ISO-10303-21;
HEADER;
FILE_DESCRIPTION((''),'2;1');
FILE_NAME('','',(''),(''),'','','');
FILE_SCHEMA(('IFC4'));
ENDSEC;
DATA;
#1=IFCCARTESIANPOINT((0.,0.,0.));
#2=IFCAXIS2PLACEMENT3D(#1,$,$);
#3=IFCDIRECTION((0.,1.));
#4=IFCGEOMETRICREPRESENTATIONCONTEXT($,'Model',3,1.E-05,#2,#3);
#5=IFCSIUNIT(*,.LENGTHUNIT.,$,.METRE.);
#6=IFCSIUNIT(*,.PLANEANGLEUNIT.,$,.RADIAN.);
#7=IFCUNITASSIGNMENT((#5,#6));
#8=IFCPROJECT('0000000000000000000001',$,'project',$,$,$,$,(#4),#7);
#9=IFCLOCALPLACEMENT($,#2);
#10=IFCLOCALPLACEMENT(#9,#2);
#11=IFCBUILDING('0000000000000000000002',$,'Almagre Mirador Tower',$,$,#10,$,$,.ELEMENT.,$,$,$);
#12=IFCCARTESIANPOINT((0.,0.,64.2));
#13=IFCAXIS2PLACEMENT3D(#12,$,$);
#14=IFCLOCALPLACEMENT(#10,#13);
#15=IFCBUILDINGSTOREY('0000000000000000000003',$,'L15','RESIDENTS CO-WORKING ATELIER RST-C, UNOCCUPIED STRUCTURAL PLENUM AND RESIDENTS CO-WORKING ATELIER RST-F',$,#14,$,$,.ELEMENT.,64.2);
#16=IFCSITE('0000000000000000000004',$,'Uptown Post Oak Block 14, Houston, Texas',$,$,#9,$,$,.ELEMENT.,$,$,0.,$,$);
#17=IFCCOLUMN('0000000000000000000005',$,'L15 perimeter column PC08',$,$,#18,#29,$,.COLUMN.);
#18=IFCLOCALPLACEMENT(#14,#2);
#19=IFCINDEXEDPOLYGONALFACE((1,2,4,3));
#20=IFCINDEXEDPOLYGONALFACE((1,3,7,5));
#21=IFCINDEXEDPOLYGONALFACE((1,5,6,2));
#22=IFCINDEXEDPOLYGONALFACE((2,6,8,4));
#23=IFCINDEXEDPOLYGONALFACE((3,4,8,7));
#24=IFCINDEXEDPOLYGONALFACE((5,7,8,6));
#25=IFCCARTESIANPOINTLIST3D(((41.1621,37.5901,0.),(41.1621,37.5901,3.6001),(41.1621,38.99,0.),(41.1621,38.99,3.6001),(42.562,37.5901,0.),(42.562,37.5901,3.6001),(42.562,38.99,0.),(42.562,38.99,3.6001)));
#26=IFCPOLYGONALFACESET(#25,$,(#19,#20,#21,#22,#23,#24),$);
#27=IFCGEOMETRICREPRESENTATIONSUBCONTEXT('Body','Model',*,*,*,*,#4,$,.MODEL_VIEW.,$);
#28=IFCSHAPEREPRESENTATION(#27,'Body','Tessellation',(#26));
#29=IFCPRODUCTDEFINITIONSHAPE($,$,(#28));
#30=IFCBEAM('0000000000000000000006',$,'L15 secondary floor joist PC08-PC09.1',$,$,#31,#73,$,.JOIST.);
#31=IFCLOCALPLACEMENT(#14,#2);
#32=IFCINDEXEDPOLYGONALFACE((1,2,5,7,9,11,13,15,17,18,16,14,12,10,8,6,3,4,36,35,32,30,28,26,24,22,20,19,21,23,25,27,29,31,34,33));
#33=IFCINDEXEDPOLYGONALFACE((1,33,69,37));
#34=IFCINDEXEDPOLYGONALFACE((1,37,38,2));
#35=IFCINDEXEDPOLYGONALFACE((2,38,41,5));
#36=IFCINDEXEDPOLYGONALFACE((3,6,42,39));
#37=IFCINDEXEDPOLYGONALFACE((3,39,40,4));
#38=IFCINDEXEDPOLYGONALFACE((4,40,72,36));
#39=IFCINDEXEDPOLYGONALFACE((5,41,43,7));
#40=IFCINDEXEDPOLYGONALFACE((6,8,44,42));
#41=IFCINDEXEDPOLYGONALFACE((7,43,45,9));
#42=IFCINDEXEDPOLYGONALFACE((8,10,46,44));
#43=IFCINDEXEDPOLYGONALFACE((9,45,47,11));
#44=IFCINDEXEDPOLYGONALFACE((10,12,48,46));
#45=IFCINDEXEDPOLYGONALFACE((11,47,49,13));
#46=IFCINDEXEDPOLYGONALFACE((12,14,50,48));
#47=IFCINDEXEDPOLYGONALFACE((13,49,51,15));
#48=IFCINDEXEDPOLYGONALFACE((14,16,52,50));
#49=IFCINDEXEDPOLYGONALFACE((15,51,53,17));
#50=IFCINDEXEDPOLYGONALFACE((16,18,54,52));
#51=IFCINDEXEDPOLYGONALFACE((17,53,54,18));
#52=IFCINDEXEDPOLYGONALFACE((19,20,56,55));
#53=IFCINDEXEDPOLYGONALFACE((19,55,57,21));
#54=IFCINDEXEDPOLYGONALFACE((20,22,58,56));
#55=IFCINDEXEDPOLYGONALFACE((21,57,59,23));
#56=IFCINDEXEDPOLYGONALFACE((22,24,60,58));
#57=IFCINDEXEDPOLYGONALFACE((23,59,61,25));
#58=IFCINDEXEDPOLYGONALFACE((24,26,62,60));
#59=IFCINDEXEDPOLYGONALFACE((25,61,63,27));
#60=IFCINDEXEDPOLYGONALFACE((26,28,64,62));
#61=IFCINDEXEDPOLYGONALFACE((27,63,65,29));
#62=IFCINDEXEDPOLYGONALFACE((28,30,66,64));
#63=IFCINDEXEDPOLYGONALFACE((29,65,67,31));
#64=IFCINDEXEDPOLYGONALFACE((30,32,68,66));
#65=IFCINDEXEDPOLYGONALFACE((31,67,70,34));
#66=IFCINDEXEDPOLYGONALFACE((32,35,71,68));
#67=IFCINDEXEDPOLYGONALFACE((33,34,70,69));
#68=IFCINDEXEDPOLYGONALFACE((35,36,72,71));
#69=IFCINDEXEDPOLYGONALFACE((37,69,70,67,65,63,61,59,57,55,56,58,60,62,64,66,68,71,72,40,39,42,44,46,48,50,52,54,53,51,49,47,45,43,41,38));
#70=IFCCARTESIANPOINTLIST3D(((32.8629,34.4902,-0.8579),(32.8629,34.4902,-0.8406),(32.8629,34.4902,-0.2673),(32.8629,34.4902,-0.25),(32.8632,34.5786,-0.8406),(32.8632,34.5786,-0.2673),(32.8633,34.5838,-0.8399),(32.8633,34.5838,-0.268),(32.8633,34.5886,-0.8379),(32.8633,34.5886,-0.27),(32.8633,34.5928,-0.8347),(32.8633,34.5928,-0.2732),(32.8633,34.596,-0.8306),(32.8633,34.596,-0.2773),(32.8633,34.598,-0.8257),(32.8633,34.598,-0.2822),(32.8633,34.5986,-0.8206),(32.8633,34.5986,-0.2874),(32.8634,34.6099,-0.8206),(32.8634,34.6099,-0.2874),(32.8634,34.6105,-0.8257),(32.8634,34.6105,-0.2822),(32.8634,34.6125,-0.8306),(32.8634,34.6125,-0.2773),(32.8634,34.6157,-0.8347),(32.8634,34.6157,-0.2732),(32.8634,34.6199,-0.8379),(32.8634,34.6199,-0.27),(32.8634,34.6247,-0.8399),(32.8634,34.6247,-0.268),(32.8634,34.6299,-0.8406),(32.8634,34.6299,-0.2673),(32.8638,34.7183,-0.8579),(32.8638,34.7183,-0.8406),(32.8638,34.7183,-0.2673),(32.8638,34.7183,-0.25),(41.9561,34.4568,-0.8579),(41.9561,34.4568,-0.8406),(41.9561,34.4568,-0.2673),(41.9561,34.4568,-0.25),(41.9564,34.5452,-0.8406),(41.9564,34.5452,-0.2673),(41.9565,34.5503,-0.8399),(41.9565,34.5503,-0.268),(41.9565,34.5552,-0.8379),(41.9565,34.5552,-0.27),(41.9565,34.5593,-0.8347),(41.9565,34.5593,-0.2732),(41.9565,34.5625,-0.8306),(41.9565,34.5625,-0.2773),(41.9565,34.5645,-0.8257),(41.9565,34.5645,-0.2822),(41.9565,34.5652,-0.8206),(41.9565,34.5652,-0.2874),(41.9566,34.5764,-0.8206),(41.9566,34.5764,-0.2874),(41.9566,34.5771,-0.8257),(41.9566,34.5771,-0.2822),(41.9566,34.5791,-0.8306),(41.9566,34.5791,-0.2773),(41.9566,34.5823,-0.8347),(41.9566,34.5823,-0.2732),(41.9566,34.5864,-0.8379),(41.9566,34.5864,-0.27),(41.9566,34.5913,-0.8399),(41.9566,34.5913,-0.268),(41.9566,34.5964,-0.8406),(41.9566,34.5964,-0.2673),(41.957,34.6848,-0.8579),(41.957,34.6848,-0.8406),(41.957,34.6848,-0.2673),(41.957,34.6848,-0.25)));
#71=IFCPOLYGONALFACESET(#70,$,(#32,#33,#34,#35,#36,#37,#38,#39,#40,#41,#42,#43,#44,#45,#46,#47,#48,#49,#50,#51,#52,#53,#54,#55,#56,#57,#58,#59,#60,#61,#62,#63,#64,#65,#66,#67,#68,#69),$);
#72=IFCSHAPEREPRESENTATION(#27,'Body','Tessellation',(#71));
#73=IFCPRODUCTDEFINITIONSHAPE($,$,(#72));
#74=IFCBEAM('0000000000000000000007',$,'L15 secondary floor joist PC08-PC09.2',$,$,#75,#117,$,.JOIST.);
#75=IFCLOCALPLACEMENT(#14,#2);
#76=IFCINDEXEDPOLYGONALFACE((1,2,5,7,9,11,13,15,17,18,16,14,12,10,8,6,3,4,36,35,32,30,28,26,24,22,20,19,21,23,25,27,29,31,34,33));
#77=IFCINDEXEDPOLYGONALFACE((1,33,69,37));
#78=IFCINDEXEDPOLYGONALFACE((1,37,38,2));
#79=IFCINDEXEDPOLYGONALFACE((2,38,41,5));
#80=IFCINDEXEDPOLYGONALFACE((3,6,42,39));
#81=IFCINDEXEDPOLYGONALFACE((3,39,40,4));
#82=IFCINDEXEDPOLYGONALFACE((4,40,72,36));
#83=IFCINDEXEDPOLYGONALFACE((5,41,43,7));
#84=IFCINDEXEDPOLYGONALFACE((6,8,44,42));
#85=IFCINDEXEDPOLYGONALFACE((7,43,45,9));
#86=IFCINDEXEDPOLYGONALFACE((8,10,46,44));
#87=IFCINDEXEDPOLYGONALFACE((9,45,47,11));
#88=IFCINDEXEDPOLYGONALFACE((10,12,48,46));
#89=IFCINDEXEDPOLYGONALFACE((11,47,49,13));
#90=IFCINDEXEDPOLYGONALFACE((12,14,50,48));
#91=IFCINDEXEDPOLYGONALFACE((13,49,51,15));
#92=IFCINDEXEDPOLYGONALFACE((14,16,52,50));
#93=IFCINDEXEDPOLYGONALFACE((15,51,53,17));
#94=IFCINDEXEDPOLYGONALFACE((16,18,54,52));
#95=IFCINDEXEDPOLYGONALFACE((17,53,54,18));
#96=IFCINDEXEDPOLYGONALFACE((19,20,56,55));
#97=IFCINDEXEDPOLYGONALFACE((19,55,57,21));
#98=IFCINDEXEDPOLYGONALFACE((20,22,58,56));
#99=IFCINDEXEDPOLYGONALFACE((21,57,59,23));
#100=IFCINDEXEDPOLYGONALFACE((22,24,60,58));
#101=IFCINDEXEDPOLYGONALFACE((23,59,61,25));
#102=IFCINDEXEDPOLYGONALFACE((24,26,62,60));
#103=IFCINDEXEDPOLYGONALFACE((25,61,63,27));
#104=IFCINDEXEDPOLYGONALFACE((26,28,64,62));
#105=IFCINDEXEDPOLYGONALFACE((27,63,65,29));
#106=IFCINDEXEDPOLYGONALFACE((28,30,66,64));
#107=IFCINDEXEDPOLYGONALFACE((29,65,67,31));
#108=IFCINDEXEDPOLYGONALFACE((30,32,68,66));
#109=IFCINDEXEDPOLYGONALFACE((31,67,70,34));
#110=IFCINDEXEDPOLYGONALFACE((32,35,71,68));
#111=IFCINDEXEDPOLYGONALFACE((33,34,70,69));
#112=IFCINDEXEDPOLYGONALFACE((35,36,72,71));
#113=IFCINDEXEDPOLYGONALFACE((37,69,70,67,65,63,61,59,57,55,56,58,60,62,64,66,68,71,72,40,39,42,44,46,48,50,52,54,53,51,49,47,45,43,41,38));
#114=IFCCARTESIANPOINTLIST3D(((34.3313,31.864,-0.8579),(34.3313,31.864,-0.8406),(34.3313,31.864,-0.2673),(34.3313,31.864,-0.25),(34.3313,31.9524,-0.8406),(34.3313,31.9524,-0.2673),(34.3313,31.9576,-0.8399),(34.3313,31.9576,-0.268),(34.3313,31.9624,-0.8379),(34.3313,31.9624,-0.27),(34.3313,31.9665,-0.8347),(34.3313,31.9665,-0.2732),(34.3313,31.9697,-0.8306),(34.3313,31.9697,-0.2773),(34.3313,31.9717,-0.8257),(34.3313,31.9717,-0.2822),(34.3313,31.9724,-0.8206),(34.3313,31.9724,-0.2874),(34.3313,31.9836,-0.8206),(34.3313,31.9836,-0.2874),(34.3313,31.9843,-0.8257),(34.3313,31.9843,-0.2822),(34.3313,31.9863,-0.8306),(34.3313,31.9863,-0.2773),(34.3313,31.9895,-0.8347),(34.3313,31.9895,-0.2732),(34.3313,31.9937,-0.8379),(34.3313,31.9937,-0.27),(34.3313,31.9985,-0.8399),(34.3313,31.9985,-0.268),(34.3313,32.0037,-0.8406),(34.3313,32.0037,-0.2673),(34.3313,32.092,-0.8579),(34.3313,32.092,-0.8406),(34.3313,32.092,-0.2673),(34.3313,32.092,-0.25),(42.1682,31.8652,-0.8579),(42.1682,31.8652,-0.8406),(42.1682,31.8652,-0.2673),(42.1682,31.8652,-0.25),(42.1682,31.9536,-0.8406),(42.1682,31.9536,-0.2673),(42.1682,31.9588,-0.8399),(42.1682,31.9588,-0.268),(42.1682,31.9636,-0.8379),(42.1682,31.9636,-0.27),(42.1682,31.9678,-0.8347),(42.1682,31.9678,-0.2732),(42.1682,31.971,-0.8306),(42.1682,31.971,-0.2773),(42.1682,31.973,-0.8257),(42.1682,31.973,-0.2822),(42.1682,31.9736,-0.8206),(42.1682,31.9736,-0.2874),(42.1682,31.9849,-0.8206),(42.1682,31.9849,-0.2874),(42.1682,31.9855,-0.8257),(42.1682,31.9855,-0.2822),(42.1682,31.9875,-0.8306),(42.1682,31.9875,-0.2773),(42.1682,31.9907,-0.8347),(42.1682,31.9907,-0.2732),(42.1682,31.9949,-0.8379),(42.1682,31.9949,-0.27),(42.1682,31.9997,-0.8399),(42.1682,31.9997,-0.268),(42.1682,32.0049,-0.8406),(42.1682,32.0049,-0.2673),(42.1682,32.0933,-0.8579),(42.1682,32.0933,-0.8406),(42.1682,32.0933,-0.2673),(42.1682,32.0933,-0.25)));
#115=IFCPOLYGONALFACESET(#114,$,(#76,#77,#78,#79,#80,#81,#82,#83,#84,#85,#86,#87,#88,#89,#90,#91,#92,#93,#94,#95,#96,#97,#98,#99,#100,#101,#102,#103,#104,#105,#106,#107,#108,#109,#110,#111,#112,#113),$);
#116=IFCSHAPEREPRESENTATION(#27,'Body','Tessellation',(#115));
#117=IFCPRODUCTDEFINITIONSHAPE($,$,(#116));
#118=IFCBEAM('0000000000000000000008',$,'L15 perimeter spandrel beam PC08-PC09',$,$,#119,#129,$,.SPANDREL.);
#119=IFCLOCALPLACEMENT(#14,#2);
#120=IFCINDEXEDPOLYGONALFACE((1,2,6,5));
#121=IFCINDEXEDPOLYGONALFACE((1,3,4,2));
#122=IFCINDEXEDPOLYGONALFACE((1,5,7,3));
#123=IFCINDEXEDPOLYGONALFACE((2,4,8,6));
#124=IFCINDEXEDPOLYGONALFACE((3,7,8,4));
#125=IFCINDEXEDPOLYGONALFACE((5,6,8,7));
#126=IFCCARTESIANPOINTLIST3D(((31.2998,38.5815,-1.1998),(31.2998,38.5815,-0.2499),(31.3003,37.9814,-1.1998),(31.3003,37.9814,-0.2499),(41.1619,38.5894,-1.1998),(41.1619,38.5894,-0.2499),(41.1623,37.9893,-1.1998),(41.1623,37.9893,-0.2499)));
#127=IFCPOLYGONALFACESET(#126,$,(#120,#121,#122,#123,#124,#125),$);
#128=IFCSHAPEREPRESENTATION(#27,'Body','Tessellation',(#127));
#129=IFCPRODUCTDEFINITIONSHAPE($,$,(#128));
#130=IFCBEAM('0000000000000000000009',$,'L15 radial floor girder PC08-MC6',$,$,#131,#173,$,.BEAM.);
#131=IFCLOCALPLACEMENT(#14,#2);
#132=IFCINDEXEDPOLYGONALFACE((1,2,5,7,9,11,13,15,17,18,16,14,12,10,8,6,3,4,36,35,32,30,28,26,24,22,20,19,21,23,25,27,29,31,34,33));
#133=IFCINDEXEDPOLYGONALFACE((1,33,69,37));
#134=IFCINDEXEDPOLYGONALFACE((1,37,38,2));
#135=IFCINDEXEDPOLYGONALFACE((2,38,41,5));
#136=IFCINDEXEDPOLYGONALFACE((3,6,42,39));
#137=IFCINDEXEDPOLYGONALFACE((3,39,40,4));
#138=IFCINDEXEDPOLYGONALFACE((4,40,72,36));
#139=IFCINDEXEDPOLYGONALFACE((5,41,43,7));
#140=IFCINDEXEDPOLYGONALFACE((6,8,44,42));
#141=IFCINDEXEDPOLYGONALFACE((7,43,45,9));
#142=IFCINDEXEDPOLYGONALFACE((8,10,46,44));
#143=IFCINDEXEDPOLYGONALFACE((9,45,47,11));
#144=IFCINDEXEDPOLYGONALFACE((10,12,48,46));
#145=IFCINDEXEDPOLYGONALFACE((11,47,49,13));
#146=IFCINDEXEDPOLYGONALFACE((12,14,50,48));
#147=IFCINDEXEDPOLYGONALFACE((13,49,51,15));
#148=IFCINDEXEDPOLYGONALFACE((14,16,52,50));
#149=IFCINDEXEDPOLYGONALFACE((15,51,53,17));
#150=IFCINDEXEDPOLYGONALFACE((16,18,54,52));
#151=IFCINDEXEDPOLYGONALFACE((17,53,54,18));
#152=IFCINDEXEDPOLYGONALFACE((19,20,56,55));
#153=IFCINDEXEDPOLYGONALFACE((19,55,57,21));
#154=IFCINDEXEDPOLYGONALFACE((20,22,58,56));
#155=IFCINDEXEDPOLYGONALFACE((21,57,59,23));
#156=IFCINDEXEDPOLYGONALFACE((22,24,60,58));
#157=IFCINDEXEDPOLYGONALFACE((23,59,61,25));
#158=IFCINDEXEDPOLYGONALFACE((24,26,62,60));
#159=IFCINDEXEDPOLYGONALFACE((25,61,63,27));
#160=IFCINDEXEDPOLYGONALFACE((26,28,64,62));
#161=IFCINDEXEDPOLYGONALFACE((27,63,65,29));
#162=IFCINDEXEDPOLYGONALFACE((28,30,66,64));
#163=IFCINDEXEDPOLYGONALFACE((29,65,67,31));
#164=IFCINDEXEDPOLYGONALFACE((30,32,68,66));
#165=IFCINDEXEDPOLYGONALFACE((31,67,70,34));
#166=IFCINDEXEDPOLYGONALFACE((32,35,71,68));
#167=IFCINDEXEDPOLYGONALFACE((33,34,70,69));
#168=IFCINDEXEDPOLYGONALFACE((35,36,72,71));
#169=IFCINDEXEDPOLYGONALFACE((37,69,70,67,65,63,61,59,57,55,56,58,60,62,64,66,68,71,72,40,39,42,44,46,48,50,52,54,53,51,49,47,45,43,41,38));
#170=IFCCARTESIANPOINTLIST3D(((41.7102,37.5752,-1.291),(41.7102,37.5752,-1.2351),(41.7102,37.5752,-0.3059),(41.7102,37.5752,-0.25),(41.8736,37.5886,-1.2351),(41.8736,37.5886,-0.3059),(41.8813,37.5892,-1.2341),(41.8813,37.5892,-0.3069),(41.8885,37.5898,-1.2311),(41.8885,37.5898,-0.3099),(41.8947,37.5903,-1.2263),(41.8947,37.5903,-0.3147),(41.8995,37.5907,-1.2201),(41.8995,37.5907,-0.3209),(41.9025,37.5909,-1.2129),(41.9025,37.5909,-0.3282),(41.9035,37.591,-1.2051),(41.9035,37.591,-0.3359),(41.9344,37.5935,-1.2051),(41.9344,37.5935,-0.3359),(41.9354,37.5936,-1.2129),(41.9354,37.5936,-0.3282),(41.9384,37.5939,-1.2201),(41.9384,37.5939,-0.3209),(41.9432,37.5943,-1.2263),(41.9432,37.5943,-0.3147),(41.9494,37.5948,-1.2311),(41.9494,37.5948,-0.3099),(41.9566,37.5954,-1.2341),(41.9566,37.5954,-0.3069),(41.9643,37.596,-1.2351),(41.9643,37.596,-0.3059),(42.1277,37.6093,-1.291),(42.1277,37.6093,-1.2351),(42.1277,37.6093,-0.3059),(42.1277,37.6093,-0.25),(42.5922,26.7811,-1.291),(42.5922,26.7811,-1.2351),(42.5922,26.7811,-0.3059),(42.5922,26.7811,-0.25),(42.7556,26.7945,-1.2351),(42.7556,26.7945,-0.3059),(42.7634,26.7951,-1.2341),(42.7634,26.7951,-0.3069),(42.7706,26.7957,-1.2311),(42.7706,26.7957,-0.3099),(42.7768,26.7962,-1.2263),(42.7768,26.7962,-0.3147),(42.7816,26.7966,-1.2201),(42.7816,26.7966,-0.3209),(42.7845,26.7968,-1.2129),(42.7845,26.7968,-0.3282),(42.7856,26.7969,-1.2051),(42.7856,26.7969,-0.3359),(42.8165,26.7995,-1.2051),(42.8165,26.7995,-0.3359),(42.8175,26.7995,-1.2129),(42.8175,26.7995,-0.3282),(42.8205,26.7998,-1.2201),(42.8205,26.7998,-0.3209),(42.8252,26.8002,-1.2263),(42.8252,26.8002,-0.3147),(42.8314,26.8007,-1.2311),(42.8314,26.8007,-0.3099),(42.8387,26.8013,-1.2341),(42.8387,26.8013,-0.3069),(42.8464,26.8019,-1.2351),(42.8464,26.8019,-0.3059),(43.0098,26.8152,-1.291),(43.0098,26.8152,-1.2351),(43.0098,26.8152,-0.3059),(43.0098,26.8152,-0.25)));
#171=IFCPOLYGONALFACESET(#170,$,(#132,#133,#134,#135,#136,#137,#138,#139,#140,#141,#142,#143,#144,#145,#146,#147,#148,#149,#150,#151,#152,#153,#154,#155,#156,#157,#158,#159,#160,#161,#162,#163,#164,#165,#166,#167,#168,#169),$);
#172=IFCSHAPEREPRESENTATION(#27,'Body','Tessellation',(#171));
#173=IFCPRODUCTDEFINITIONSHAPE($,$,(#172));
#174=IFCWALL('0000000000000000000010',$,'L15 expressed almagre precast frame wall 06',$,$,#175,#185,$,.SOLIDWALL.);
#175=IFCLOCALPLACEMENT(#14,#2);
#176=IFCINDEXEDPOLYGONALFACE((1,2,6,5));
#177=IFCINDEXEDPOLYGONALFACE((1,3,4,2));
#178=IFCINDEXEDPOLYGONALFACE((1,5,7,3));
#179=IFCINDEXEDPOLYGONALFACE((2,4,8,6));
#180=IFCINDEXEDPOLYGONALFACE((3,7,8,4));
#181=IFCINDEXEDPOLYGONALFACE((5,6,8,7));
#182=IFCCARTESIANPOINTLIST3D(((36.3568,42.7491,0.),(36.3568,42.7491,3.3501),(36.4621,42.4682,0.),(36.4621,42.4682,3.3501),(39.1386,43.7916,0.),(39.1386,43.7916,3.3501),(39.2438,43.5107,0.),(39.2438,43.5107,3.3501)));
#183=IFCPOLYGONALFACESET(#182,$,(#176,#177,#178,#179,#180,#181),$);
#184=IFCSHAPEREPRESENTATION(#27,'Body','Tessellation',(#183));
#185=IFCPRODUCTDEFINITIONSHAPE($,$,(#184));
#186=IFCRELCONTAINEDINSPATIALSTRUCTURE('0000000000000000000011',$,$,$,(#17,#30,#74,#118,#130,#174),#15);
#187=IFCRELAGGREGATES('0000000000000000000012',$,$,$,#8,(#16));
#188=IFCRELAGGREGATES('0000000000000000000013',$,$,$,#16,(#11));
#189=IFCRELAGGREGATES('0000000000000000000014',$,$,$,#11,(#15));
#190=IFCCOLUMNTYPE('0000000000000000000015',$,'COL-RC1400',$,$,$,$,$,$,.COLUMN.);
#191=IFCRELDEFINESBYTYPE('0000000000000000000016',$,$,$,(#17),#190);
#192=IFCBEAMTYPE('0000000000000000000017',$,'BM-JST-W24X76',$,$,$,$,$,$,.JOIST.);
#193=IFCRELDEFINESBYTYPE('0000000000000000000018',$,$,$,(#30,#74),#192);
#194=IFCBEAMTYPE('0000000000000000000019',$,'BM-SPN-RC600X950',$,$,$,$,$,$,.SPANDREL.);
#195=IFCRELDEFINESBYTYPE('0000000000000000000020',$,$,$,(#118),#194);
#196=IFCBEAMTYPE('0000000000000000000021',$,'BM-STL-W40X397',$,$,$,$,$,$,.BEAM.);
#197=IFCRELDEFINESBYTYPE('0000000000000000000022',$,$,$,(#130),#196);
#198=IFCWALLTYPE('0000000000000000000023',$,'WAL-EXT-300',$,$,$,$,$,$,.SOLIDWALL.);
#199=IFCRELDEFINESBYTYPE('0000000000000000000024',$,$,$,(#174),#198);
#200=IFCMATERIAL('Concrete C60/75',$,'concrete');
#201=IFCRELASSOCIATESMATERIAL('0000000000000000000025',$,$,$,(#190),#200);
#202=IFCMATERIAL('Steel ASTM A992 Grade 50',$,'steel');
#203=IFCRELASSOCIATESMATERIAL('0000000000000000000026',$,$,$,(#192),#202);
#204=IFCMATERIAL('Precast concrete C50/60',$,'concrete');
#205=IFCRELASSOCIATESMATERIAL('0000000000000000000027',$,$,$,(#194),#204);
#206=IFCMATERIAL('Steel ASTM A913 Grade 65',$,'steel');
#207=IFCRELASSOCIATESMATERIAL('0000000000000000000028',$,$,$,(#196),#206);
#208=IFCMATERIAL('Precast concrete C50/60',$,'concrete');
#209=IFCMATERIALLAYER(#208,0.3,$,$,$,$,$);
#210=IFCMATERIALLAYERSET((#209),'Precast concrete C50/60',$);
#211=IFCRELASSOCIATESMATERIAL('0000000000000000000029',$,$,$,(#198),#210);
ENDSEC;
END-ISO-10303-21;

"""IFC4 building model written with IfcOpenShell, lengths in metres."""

from ifc_helpers import new_model, si_unit, direction, frame, frame_2d, origin, origin_2d, place, context, subcontext, project, spatial, rectangle, i_section, extrude, material, layer, layer_set, material_profile, profile_set, type_object, element, save


model = new_model("IFC4")

# Units and contexts
model_context = context("Model", 3, precision=1e-05, world=origin(), true_north=direction((0.0, 1.0)))
body_context = subcontext(model_context, "Body", "Model", "MODEL_VIEW")
ifc_project = project(units=[si_unit("LENGTHUNIT", "METRE"), si_unit("PLANEANGLEUNIT", "RADIAN")], contexts=[model_context])

# Site, building, storey
site_placement = place(None, origin())
site = spatial("IfcSite", under=ifc_project, at=site_placement, Name="Uptown Post Oak Block 14, Houston, Texas", CompositionType="ELEMENT", RefElevation=0.0)
building_placement = place(site_placement, origin())
building = spatial("IfcBuilding", under=site, at=building_placement, Name="Almagre Mirador Tower", CompositionType="ELEMENT")
storey_placement = place(building_placement, frame((0.0, 0.0, 64.2)))
storey = spatial("IfcBuildingStorey", under=building, at=storey_placement, Name="L15", Description="RESIDENTS CO-WORKING ATELIER RST-C, UNOCCUPIED STRUCTURAL PLENUM AND RESIDENTS CO-WORKING ATELIER RST-F", CompositionType="ELEMENT", Elevation=64.2)

# Column
ifc_material_1 = material(Name="Concrete C60/75", Category="concrete")
ifc_material_profile_1 = material_profile(ifc_material_1, rectangle(XDim=1.3999, YDim=1.3999, at=origin_2d()), Name="RC1400X1400")
ifc_profile_set_1 = profile_set([ifc_material_profile_1], Name="Concrete C60/75")
column_type = type_object("IfcColumnType", Name="COL-RC1400", PredefinedType="COLUMN", material=ifc_profile_set_1)
column_placement = place(storey_placement, frame((41.8621, 38.29, 0.0), z_axis=(0.0, 0.0, 1.0), x_axis=(1.0, 0.0, 0.0)))
element("IfcColumn", 1, at=column_placement, inside=storey, type_object=column_type, Name="L15 perimeter column PC08", PredefinedType="COLUMN", context=body_context, shape_type="SweptSolid", body=[
    extrude(rectangle(XDim=1.3999, YDim=1.3999, at=origin_2d()), origin(), (0.0, 0.0, 1.0), 3.6001),
])

# Beams
ifc_material_2 = material(Name="Steel ASTM A992 Grade 50", Category="steel")
ifc_material_profile_2 = material_profile(ifc_material_2, i_section(OverallWidth=0.228, OverallDepth=0.6079, WebThickness=0.0112, FlangeThickness=0.0173, FilletRadius=0.02, at=origin_2d()), Name="W24X76")
ifc_profile_set_2 = profile_set([ifc_material_profile_2], Name="Steel ASTM A992 Grade 50")
beam_type_1 = type_object("IfcBeamType", Name="BM-JST-W24X76", PredefinedType="JOIST", material=ifc_profile_set_2)
beam_1_placement = place(storey_placement, frame((41.9565, 34.5708, -0.554), z_axis=(-0.999993, 0.003678, 0.0), x_axis=(-0.003678, -0.999993, 0.0)))
element("IfcBeam", 2, at=beam_1_placement, inside=storey, type_object=beam_type_1, Name="L15 secondary floor joist PC08-PC09.1", PredefinedType="JOIST", context=body_context, shape_type="SweptSolid", body=[
    extrude(i_section(OverallWidth=0.228, OverallDepth=0.6079, WebThickness=0.0112, FlangeThickness=0.0173, FilletRadius=0.02, at=origin_2d()), origin(), (0.0, 0.0, 1.0), 9.0933),
])
beam_2_placement = place(storey_placement, frame((42.1682, 31.9792, -0.554), z_axis=(-1.0, -0.000156, 0.0), x_axis=(0.000156, -1.0, 0.0)))
element("IfcBeam", 3, at=beam_2_placement, inside=storey, type_object=beam_type_1, Name="L15 secondary floor joist PC08-PC09.2", PredefinedType="JOIST", context=body_context, shape_type="SweptSolid", body=[
    extrude(i_section(OverallWidth=0.228, OverallDepth=0.6079, WebThickness=0.0112, FlangeThickness=0.0173, FilletRadius=0.02, at=origin_2d()), origin(), (0.0, 0.0, 1.0), 7.8369),
])
ifc_material_3 = material(Name="Precast concrete C50/60", Category="concrete")
ifc_material_profile_3 = material_profile(ifc_material_3, rectangle(XDim=0.6001, YDim=0.95, at=origin_2d()), Name="RC600X950")
ifc_profile_set_3 = profile_set([ifc_material_profile_3], Name="Precast concrete C50/60")
beam_type_2 = type_object("IfcBeamType", Name="BM-SPN-RC600X950", PredefinedType="SPANDREL", material=ifc_profile_set_3)
beam_3_placement = place(storey_placement, frame((41.1621, 38.2893, -0.7249), z_axis=(-1.0, -0.000792, 0.0), x_axis=(0.000792, -1.0, 0.0)))
element("IfcBeam", 4, at=beam_3_placement, inside=storey, type_object=beam_type_2, Name="L15 perimeter spandrel beam PC08-PC09", PredefinedType="SPANDREL", context=body_context, shape_type="SweptSolid", body=[
    extrude(rectangle(XDim=0.6001, YDim=0.95, at=origin_2d()), origin(), (0.0, 0.0, 1.0), 9.8621),
])
ifc_material_4 = material(Name="Steel ASTM A913 Grade 65", Category="steel")
ifc_material_profile_4 = material_profile(ifc_material_4, i_section(OverallWidth=0.4189, OverallDepth=1.041, WebThickness=0.031, FlangeThickness=0.0559, FilletRadius=0.03, at=origin_2d()), Name="W40X397")
ifc_profile_set_4 = profile_set([ifc_material_profile_4], Name="Steel ASTM A913 Grade 65")
beam_type_3 = type_object("IfcBeamType", Name="BM-STL-W40X397", PredefinedType="BEAM", material=ifc_profile_set_4)
beam_4_placement = place(storey_placement, frame((41.9189, 37.5923, -0.7705), z_axis=(0.081447, -0.996678, 0.0), x_axis=(0.996678, 0.081447, 0.0)))
element("IfcBeam", 5, at=beam_4_placement, inside=storey, type_object=beam_type_3, Name="L15 radial floor girder PC08-MC6", PredefinedType="BEAM", context=body_context, shape_type="SweptSolid", body=[
    extrude(i_section(OverallWidth=0.4189, OverallDepth=1.041, WebThickness=0.031, FlangeThickness=0.0559, FilletRadius=0.03, at=origin_2d()), origin(), (0.0, 0.0, 1.0), 10.8301),
])

# Wall
ifc_material_5 = material(Name="Precast concrete C50/60", Category="concrete")
ifc_layer_1 = layer(ifc_material_5, 0.3)
ifc_layer_set_1 = layer_set([ifc_layer_1], Name="Precast concrete C50/60")
wall_type_1 = type_object("IfcWallType", Name="WAL-EXT-300", PredefinedType="SOLIDWALL", material=ifc_layer_set_1)
wall_1_placement = place(storey_placement, frame((36.4094, 42.6086, 0.0), z_axis=(0.0, 0.0, 1.0), x_axis=(0.936403, 0.350925, 0.0)))
element("IfcWall", 6, at=wall_1_placement, inside=storey, type_object=wall_type_1, Name="L15 expressed almagre precast frame wall 06", PredefinedType="SOLIDWALL", context=body_context, shape_type="SweptSolid", body=[
    extrude(rectangle(XDim=2.9707, YDim=0.3, at=frame_2d((1.4854, 0.0))), origin(), (0.0, 0.0, 1.0), 3.3501),
])

save(model, "model.ifc")
